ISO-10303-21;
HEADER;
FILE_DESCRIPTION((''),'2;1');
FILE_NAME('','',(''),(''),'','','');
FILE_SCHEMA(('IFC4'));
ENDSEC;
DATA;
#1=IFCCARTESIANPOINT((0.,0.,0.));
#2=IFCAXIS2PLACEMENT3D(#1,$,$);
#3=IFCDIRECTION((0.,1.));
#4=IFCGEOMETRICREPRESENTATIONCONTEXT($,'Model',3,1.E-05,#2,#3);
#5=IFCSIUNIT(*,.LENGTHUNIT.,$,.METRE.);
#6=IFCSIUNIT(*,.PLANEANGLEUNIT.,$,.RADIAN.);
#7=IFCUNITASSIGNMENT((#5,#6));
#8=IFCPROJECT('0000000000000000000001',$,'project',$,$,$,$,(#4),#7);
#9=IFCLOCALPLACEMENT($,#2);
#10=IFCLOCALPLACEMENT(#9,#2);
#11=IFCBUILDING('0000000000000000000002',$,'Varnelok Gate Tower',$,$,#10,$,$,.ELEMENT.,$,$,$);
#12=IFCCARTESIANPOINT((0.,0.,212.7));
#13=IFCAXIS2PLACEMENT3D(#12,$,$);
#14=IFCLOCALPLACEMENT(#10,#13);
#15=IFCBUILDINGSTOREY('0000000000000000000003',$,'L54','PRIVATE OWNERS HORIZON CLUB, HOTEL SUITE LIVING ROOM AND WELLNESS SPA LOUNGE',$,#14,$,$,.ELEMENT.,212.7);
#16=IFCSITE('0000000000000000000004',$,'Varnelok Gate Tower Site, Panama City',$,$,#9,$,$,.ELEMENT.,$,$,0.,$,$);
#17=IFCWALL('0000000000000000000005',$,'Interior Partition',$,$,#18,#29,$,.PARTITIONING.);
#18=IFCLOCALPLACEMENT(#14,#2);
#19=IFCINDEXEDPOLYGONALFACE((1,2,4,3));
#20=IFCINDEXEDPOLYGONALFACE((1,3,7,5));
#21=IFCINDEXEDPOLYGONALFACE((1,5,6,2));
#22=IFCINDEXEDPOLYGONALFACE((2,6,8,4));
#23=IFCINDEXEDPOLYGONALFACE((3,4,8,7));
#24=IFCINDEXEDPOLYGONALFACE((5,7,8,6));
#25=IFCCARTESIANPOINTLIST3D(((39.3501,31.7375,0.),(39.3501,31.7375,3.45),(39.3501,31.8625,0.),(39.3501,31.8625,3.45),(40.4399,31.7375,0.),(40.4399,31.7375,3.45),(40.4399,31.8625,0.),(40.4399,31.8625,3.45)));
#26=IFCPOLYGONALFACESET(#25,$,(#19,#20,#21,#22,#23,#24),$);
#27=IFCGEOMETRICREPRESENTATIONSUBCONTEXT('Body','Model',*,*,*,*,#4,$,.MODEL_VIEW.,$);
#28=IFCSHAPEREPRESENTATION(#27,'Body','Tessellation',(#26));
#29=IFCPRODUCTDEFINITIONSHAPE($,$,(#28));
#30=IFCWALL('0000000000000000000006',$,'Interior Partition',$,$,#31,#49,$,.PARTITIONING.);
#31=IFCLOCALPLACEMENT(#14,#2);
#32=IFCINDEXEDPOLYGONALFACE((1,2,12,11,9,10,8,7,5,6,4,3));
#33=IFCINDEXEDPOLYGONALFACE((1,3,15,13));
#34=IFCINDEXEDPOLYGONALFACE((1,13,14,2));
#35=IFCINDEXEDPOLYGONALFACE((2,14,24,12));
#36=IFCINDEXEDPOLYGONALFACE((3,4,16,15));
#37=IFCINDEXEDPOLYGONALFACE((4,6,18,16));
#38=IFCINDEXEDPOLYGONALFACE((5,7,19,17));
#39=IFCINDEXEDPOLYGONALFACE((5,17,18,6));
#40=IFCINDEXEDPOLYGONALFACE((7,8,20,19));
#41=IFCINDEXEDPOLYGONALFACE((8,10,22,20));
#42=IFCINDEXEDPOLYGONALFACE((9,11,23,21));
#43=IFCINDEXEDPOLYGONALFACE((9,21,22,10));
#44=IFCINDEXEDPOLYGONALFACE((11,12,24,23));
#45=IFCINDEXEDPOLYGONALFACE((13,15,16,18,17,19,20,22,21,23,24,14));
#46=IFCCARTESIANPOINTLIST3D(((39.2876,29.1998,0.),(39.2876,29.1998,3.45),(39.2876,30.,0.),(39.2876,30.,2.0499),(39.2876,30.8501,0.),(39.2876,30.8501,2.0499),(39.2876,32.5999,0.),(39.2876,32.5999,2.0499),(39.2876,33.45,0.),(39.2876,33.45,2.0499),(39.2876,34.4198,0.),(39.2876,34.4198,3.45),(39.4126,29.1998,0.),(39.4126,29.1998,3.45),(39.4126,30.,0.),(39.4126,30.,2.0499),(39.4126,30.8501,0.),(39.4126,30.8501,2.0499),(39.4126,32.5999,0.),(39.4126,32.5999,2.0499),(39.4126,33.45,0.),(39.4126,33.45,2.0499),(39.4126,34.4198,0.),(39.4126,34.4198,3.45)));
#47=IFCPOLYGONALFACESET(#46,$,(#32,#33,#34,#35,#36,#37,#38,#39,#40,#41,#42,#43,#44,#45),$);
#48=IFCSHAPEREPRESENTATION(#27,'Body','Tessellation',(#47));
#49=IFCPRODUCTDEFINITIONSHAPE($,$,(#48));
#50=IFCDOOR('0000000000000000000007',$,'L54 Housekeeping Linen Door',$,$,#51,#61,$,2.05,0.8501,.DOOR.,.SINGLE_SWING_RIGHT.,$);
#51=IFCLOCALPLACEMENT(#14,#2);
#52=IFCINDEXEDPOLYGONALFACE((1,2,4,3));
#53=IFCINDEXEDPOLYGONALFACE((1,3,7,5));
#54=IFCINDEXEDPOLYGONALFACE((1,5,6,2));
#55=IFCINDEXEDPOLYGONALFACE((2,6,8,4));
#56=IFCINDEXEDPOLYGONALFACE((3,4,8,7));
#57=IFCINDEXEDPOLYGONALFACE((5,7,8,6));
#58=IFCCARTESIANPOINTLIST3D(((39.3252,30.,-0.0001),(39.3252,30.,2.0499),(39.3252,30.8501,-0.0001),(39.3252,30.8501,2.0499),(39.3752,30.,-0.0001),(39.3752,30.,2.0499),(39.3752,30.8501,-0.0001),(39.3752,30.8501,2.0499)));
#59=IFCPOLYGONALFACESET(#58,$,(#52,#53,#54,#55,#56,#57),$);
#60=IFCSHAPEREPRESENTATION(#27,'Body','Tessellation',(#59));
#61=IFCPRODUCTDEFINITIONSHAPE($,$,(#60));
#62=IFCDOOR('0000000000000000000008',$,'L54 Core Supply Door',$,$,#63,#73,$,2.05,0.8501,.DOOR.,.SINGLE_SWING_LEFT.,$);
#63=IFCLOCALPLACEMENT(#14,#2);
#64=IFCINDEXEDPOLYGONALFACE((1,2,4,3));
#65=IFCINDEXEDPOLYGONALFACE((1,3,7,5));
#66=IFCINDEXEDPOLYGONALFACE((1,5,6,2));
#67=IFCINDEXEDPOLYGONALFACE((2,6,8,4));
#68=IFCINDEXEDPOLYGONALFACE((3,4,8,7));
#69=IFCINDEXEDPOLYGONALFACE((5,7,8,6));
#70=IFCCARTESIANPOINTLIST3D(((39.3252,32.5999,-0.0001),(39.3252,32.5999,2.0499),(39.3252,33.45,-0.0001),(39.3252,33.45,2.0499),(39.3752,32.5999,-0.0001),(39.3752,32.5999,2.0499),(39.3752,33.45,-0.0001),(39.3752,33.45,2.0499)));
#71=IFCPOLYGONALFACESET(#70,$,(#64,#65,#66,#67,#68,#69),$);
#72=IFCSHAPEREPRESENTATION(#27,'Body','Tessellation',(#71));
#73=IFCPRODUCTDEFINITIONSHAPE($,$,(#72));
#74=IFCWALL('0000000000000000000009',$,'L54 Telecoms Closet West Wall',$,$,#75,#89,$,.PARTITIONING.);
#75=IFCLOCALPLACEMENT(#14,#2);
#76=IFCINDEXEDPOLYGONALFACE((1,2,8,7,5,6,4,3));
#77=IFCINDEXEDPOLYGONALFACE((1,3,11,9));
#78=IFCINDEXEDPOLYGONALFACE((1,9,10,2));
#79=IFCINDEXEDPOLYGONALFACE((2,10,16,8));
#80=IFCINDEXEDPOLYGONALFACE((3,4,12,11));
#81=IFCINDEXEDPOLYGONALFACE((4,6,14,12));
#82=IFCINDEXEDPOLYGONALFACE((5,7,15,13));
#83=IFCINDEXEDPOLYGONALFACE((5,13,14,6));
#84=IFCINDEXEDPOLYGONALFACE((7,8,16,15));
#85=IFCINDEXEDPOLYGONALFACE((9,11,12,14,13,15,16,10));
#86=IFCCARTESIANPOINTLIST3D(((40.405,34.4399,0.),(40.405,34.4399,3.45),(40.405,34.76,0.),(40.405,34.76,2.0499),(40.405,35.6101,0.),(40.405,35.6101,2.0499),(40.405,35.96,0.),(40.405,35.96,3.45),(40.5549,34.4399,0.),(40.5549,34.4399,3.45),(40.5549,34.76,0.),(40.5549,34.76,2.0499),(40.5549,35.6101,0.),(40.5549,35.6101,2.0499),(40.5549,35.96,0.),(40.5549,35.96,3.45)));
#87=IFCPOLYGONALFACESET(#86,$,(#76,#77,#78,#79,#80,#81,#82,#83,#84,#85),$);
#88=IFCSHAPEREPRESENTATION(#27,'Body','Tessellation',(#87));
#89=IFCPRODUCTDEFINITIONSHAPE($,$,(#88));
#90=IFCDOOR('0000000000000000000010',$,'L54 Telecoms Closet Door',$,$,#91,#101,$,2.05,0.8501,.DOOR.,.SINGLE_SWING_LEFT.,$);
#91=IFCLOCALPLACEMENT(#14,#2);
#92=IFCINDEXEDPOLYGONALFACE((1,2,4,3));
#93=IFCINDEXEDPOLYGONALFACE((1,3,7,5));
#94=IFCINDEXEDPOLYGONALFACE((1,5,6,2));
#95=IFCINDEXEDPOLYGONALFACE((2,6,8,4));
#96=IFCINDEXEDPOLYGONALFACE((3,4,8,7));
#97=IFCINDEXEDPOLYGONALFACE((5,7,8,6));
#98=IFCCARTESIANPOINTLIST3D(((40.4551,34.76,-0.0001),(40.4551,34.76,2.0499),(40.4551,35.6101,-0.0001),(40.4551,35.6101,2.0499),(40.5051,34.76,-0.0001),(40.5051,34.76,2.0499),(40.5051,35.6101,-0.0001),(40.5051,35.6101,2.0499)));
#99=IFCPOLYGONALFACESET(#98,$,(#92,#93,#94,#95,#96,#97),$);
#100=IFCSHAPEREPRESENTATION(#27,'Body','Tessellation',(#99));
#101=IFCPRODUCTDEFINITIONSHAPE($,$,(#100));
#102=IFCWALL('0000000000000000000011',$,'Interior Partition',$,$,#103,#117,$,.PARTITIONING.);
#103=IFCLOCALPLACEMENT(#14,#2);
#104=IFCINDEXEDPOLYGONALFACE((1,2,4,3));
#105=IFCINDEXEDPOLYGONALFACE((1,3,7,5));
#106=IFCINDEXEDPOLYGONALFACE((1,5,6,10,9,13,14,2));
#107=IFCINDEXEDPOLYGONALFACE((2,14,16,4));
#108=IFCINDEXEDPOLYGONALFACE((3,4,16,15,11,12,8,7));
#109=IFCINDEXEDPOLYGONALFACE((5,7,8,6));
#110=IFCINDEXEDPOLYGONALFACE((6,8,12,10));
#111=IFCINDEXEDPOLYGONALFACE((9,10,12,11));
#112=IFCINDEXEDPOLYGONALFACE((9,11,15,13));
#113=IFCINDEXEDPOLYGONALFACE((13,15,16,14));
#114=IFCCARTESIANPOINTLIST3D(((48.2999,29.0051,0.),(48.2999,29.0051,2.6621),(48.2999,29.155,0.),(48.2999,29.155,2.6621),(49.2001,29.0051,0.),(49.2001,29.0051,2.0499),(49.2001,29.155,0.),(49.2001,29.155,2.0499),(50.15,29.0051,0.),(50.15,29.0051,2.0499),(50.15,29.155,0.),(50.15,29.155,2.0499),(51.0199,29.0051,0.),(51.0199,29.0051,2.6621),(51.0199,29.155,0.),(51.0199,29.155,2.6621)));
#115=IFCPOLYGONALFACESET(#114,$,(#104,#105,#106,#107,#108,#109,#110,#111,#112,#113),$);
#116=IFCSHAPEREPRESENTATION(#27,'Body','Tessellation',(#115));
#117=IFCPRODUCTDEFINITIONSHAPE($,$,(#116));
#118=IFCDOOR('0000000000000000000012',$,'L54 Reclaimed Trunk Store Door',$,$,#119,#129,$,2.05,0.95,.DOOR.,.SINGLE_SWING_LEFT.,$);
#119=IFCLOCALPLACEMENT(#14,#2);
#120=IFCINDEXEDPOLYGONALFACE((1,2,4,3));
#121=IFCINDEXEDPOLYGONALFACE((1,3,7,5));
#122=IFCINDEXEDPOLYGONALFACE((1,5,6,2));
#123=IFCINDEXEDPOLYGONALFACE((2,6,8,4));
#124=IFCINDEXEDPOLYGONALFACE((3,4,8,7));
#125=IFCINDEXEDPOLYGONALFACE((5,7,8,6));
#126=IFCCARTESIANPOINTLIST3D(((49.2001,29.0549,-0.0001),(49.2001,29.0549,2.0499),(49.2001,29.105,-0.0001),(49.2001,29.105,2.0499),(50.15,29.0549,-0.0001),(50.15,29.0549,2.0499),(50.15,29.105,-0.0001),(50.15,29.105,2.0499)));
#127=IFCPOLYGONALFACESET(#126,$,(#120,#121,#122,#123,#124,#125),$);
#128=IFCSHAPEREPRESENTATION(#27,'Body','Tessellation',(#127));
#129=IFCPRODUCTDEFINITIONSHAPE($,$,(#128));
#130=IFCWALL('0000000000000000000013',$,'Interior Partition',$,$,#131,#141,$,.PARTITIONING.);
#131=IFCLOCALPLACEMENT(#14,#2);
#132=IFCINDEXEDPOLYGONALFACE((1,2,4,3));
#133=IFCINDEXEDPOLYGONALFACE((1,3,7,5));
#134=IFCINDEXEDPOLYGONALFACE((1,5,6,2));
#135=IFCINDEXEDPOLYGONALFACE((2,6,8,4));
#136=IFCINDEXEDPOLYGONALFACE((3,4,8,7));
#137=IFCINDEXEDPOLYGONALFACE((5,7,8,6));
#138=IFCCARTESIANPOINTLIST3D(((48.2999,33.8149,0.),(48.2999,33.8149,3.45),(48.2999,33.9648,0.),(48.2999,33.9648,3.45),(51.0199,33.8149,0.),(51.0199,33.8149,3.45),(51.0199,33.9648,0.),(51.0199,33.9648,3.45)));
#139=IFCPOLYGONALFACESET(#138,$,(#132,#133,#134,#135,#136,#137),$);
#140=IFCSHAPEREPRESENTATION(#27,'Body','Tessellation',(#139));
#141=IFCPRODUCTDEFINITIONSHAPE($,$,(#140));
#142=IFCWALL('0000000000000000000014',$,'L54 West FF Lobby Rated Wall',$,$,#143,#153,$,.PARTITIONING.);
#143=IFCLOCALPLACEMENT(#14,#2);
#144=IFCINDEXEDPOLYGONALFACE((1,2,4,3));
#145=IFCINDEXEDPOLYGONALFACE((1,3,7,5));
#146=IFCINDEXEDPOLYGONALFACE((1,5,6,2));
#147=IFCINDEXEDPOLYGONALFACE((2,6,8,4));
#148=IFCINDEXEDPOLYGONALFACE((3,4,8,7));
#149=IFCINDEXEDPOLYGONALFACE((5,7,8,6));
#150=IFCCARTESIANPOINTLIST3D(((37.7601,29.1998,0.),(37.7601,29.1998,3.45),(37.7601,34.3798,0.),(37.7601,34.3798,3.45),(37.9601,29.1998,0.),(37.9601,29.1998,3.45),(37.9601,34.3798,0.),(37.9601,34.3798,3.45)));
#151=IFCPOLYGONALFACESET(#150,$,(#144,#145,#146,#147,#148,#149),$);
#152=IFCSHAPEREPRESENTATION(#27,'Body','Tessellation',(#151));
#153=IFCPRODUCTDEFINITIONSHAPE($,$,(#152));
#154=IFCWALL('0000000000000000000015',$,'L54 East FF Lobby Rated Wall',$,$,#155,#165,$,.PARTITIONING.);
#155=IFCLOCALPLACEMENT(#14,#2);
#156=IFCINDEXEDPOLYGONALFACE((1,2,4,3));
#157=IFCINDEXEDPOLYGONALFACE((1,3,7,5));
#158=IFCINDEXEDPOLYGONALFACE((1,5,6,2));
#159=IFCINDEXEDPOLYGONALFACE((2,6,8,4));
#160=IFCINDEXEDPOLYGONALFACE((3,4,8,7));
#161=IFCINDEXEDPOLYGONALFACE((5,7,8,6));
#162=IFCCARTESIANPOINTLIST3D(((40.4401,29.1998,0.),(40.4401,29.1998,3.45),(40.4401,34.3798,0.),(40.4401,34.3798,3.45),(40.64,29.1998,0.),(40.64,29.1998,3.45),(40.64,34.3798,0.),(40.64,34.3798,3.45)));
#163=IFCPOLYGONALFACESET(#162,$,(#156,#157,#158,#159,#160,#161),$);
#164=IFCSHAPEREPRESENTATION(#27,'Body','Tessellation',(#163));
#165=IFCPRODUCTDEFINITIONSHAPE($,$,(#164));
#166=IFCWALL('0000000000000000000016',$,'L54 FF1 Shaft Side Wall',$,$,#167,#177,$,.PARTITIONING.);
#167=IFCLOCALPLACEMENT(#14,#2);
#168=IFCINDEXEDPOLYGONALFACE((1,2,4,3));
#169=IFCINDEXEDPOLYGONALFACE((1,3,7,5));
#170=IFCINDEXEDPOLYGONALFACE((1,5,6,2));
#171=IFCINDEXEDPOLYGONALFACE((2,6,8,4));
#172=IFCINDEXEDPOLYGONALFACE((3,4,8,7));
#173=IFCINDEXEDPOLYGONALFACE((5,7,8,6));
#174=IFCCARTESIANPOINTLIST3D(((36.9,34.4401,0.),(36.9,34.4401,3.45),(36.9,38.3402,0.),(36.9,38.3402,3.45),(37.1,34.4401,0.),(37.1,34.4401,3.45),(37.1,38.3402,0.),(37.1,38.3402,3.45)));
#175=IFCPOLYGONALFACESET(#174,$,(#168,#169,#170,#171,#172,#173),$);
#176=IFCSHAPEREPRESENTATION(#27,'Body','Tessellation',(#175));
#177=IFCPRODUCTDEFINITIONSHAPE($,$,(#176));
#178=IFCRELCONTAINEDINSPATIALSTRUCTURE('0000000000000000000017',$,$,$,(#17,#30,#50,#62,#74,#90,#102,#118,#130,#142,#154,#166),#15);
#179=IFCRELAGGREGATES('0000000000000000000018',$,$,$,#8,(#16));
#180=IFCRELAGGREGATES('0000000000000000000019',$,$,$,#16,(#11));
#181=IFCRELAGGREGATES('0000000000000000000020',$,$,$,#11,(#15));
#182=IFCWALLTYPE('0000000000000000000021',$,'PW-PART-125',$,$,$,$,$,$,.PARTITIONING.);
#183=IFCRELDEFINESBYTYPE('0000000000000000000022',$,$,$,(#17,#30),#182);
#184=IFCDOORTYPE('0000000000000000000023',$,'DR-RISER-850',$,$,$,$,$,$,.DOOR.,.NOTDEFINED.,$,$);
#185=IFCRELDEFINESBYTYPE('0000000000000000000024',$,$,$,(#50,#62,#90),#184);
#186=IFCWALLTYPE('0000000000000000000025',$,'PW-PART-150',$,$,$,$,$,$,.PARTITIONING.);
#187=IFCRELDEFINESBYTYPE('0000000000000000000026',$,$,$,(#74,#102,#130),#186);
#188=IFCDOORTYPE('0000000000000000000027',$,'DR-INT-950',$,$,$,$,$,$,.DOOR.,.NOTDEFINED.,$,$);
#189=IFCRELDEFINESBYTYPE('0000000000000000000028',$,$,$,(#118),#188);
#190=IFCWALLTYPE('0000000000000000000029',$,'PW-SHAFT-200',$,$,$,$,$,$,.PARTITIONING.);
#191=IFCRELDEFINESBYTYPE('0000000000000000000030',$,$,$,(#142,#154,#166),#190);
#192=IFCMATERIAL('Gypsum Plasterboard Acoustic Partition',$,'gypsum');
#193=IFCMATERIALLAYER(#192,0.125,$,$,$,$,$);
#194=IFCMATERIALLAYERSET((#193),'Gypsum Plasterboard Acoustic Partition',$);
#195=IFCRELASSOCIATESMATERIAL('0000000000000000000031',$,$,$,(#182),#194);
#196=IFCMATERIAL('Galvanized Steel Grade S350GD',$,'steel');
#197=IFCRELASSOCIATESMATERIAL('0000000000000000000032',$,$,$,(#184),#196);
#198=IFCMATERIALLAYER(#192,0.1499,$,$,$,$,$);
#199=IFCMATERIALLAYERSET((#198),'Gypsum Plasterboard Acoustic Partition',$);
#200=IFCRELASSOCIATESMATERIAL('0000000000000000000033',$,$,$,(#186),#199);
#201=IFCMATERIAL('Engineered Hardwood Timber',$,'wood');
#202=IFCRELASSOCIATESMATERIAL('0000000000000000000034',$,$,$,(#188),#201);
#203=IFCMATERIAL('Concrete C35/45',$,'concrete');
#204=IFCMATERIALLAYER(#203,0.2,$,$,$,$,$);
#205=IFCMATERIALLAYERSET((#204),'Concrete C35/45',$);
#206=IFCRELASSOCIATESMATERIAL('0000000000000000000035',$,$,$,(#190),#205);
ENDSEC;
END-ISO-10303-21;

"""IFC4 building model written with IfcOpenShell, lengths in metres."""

from ifc_helpers import new_model, si_unit, direction, frame, frame_2d, origin, place, context, subcontext, project, spatial, rectangle, extrude, material, layer, layer_set, type_object, element, fill, save


model = new_model("IFC4")

# Units and contexts
model_context = context("Model", 3, precision=1e-05, world=origin(), true_north=direction((0.0, 1.0)))
body_context = subcontext(model_context, "Body", "Model", "MODEL_VIEW")
ifc_project = project(units=[si_unit("LENGTHUNIT", "METRE"), si_unit("PLANEANGLEUNIT", "RADIAN")], contexts=[model_context])

# Site, building, storey
site_placement = place(None, origin())
site = spatial("IfcSite", under=ifc_project, at=site_placement, Name="Varnelok Gate Tower Site, Panama City", CompositionType="ELEMENT", RefElevation=0.0)
building_placement = place(site_placement, origin())
building = spatial("IfcBuilding", under=site, at=building_placement, Name="Varnelok Gate Tower", CompositionType="ELEMENT")
storey_placement = place(building_placement, frame((0.0, 0.0, 212.7)))
storey = spatial("IfcBuildingStorey", under=building, at=storey_placement, Name="L54", Description="PRIVATE OWNERS HORIZON CLUB, HOTEL SUITE LIVING ROOM AND WELLNESS SPA LOUNGE", CompositionType="ELEMENT", Elevation=212.7)

# Wall
ifc_material_1 = material(Name="Gypsum Plasterboard Acoustic Partition", Category="gypsum")
ifc_layer_1 = layer(ifc_material_1, 0.125)
ifc_layer_set_1 = layer_set([ifc_layer_1], Name="Gypsum Plasterboard Acoustic Partition")
wall_type_1 = type_object("IfcWallType", Name="PW-PART-125", PredefinedType="PARTITIONING", material=ifc_layer_set_1)
wall_1_placement = place(storey_placement, frame((39.3501, 31.8, 0.0), z_axis=(0.0, 0.0, 1.0), x_axis=(1.0, 0.0, 0.0)))
element("IfcWall", 1, at=wall_1_placement, inside=storey, type_object=wall_type_1, Name="Interior Partition", PredefinedType="PARTITIONING", context=body_context, shape_type="SweptSolid", body=[
    extrude(rectangle(XDim=1.0898, YDim=0.125, at=frame_2d((0.5449, 0.0))), origin(), (0.0, 0.0, 1.0), 3.45),
])

# Wall, openings, doors
wall_2_placement = place(storey_placement, frame((39.3501, 29.2, 0.0), z_axis=(0.0, 0.0, 1.0), x_axis=(0.0, 1.0, 0.0)))
wall_2 = element("IfcWall", 2, at=wall_2_placement, inside=storey, type_object=wall_type_1, Name="Interior Partition", PredefinedType="PARTITIONING", context=body_context, shape_type="SweptSolid", body=[
    extrude(rectangle(XDim=5.22, YDim=0.125, at=frame_2d((2.6099, 0.0))), origin(), (0.0, 0.0, 1.0), 3.45),
])
opening_1_placement = place(wall_2_placement, frame((0.8, 0.0, 0.0)))
opening_1 = element("IfcOpeningElement", 3, at=opening_1_placement, cuts=wall_2, PredefinedType="OPENING", context=body_context, shape_type="SweptSolid", body=[
    extrude(rectangle(XDim=0.8501, YDim=2.05, at=frame_2d((0.425, 1.0249))), frame((0.0, 0.0725, 0.0), z_axis=(0.0, -1.0, 0.0), x_axis=(1.0, 0.0, 0.0)), (0.0, 0.0, 1.0), 0.145),
])
opening_2_placement = place(wall_2_placement, frame((3.3999, 0.0, 0.0)))
opening_2 = element("IfcOpeningElement", 4, at=opening_2_placement, cuts=wall_2, PredefinedType="OPENING", context=body_context, shape_type="SweptSolid", body=[
    extrude(rectangle(XDim=0.8501, YDim=2.05, at=frame_2d((0.425, 1.0249))), frame((0.0, 0.0725, 0.0), z_axis=(0.0, -1.0, 0.0), x_axis=(1.0, 0.0, 0.0)), (0.0, 0.0, 1.0), 0.145),
])
ifc_material_2 = material(Name="Galvanized Steel Grade S350GD", Category="steel")
door_type_1 = type_object("IfcDoorType", Name="DR-RISER-850", OperationType="NOTDEFINED", PredefinedType="DOOR", material=ifc_material_2)
door_1_placement = place(opening_1_placement, origin())
door_1 = element("IfcDoor", 5, at=door_1_placement, inside=storey, type_object=door_type_1, Name="L54 Housekeeping Linen Door", OperationType="SINGLE_SWING_RIGHT", OverallHeight=2.05, OverallWidth=0.8501, PredefinedType="DOOR", context=body_context, shape_type="SweptSolid", body=[
    extrude(rectangle(XDim=0.8501, YDim=2.05, at=frame_2d((0.425, 1.0249))), frame((0.0, 0.0249, 0.0), z_axis=(0.0, -1.0, 0.0), x_axis=(1.0, 0.0, 0.0)), (0.0, 0.0, 1.0), 0.05),
])
fill(opening_1, door_1)
door_2_placement = place(opening_2_placement, origin())
door_2 = element("IfcDoor", 6, at=door_2_placement, inside=storey, type_object=door_type_1, Name="L54 Core Supply Door", OperationType="SINGLE_SWING_LEFT", OverallHeight=2.05, OverallWidth=0.8501, PredefinedType="DOOR", context=body_context, shape_type="SweptSolid", body=[
    extrude(rectangle(XDim=0.8501, YDim=2.05, at=frame_2d((0.425, 1.0249))), frame((0.0, 0.0249, 0.0), z_axis=(0.0, -1.0, 0.0), x_axis=(1.0, 0.0, 0.0)), (0.0, 0.0, 1.0), 0.05),
])
fill(opening_2, door_2)

# Walls, openings, doors
ifc_layer_2 = layer(ifc_material_1, 0.1499)
ifc_layer_set_2 = layer_set([ifc_layer_2], Name="Gypsum Plasterboard Acoustic Partition")
wall_type_2 = type_object("IfcWallType", Name="PW-PART-150", PredefinedType="PARTITIONING", material=ifc_layer_set_2)
wall_3_placement = place(storey_placement, frame((40.48, 34.4399, 0.0), z_axis=(0.0, 0.0, 1.0), x_axis=(0.0, 1.0, 0.0)))
wall_3 = element("IfcWall", 7, at=wall_3_placement, inside=storey, type_object=wall_type_2, Name="L54 Telecoms Closet West Wall", PredefinedType="PARTITIONING", context=body_context, shape_type="SweptSolid", body=[
    extrude(rectangle(XDim=1.52, YDim=0.1499, at=frame_2d((0.76, 0.0))), origin(), (0.0, 0.0, 1.0), 3.45),
])
opening_3_placement = place(wall_3_placement, frame((0.3201, 0.0, 0.0)))
opening_3 = element("IfcOpeningElement", 8, at=opening_3_placement, cuts=wall_3, PredefinedType="OPENING", context=body_context, shape_type="SweptSolid", body=[
    extrude(rectangle(XDim=0.8501, YDim=2.05, at=frame_2d((0.425, 1.0249))), frame((0.0, 0.085, 0.0), z_axis=(0.0, -1.0, 0.0), x_axis=(1.0, 0.0, 0.0)), (0.0, 0.0, 1.0), 0.1699),
])
door_3_placement = place(opening_3_placement, origin())
door_3 = element("IfcDoor", 9, at=door_3_placement, inside=storey, type_object=door_type_1, Name="L54 Telecoms Closet Door", OperationType="SINGLE_SWING_LEFT", OverallHeight=2.05, OverallWidth=0.8501, PredefinedType="DOOR", context=body_context, shape_type="SweptSolid", body=[
    extrude(rectangle(XDim=0.8501, YDim=2.05, at=frame_2d((0.425, 1.0249))), frame((0.0, 0.0249, 0.0), z_axis=(0.0, -1.0, 0.0), x_axis=(1.0, 0.0, 0.0)), (0.0, 0.0, 1.0), 0.05),
])
fill(opening_3, door_3)
wall_4_placement = place(storey_placement, frame((48.3, 29.0801, 0.0), z_axis=(0.0, 0.0, 1.0), x_axis=(1.0, 0.0, 0.0)))
wall_4 = element("IfcWall", 10, at=wall_4_placement, inside=storey, type_object=wall_type_2, Name="Interior Partition", PredefinedType="PARTITIONING", context=body_context, shape_type="SweptSolid", body=[
    extrude(rectangle(XDim=2.72, YDim=0.1499, at=frame_2d((1.3599, 0.0))), origin(), (0.0, 0.0, 1.0), 2.6621),
])
opening_4_placement = place(wall_4_placement, frame((0.8999, 0.0, 0.0)))
opening_4 = element("IfcOpeningElement", 11, at=opening_4_placement, cuts=wall_4, PredefinedType="OPENING", context=body_context, shape_type="SweptSolid", body=[
    extrude(rectangle(XDim=0.95, YDim=2.05, at=frame_2d((0.4751, 1.0249))), frame((0.0, 0.085, 0.0), z_axis=(0.0, -1.0, 0.0), x_axis=(1.0, 0.0, 0.0)), (0.0, 0.0, 1.0), 0.1699),
])
ifc_material_3 = material(Name="Engineered Hardwood Timber", Category="wood")
door_type_2 = type_object("IfcDoorType", Name="DR-INT-950", OperationType="NOTDEFINED", PredefinedType="DOOR", material=ifc_material_3)
door_4_placement = place(opening_4_placement, origin())
door_4 = element("IfcDoor", 12, at=door_4_placement, inside=storey, type_object=door_type_2, Name="L54 Reclaimed Trunk Store Door", OperationType="SINGLE_SWING_LEFT", OverallHeight=2.05, OverallWidth=0.95, PredefinedType="DOOR", context=body_context, shape_type="SweptSolid", body=[
    extrude(rectangle(XDim=0.95, YDim=2.05, at=frame_2d((0.4751, 1.0249))), frame((0.0, 0.0249, 0.0), z_axis=(0.0, -1.0, 0.0), x_axis=(1.0, 0.0, 0.0)), (0.0, 0.0, 1.0), 0.05),
])
fill(opening_4, door_4)

# Walls
wall_5_placement = place(storey_placement, frame((48.3, 33.8899, 0.0), z_axis=(0.0, 0.0, 1.0), x_axis=(1.0, 0.0, 0.0)))
element("IfcWall", 13, at=wall_5_placement, inside=storey, type_object=wall_type_2, Name="Interior Partition", PredefinedType="PARTITIONING", context=body_context, shape_type="SweptSolid", body=[
    extrude(rectangle(XDim=2.72, YDim=0.1499, at=frame_2d((1.3599, 0.0))), origin(), (0.0, 0.0, 1.0), 3.45),
])
ifc_material_4 = material(Name="Concrete C35/45", Category="concrete")
ifc_layer_3 = layer(ifc_material_4, 0.2)
ifc_layer_set_3 = layer_set([ifc_layer_3], Name="Concrete C35/45")
wall_type_3 = type_object("IfcWallType", Name="PW-SHAFT-200", PredefinedType="PARTITIONING", material=ifc_layer_set_3)
for number, where, z_axis, x_axis, name in (
    (14, (37.8601, 29.2, 0.0), (0.0, 0.0, 1.0), (0.0, 1.0, 0.0), "L54 West FF Lobby Rated Wall"),
    (15, (40.54, 29.2, 0.0), (0.0, 0.0, 1.0), (0.0, 1.0, 0.0), "L54 East FF Lobby Rated Wall"),
):
    element("IfcWall", number, at=place(storey_placement, frame(where, z_axis=z_axis, x_axis=x_axis)), inside=storey, type_object=wall_type_3, Name=name, PredefinedType="PARTITIONING", context=body_context, shape_type="SweptSolid", body=[
        extrude(rectangle(XDim=5.1799, YDim=0.2, at=frame_2d((2.5898, 0.0))), origin(), (0.0, 0.0, 1.0), 3.45),
    ])
wall_6_placement = place(storey_placement, frame((37.0, 34.4399, 0.0), z_axis=(0.0, 0.0, 1.0), x_axis=(0.0, 1.0, 0.0)))
element("IfcWall", 16, at=wall_6_placement, inside=storey, type_object=wall_type_3, Name="L54 FF1 Shaft Side Wall", PredefinedType="PARTITIONING", context=body_context, shape_type="SweptSolid", body=[
    extrude(rectangle(XDim=3.9001, YDim=0.2, at=frame_2d((1.9502, 0.0))), origin(), (0.0, 0.0, 1.0), 3.45),
])

save(model, "model.ifc")
